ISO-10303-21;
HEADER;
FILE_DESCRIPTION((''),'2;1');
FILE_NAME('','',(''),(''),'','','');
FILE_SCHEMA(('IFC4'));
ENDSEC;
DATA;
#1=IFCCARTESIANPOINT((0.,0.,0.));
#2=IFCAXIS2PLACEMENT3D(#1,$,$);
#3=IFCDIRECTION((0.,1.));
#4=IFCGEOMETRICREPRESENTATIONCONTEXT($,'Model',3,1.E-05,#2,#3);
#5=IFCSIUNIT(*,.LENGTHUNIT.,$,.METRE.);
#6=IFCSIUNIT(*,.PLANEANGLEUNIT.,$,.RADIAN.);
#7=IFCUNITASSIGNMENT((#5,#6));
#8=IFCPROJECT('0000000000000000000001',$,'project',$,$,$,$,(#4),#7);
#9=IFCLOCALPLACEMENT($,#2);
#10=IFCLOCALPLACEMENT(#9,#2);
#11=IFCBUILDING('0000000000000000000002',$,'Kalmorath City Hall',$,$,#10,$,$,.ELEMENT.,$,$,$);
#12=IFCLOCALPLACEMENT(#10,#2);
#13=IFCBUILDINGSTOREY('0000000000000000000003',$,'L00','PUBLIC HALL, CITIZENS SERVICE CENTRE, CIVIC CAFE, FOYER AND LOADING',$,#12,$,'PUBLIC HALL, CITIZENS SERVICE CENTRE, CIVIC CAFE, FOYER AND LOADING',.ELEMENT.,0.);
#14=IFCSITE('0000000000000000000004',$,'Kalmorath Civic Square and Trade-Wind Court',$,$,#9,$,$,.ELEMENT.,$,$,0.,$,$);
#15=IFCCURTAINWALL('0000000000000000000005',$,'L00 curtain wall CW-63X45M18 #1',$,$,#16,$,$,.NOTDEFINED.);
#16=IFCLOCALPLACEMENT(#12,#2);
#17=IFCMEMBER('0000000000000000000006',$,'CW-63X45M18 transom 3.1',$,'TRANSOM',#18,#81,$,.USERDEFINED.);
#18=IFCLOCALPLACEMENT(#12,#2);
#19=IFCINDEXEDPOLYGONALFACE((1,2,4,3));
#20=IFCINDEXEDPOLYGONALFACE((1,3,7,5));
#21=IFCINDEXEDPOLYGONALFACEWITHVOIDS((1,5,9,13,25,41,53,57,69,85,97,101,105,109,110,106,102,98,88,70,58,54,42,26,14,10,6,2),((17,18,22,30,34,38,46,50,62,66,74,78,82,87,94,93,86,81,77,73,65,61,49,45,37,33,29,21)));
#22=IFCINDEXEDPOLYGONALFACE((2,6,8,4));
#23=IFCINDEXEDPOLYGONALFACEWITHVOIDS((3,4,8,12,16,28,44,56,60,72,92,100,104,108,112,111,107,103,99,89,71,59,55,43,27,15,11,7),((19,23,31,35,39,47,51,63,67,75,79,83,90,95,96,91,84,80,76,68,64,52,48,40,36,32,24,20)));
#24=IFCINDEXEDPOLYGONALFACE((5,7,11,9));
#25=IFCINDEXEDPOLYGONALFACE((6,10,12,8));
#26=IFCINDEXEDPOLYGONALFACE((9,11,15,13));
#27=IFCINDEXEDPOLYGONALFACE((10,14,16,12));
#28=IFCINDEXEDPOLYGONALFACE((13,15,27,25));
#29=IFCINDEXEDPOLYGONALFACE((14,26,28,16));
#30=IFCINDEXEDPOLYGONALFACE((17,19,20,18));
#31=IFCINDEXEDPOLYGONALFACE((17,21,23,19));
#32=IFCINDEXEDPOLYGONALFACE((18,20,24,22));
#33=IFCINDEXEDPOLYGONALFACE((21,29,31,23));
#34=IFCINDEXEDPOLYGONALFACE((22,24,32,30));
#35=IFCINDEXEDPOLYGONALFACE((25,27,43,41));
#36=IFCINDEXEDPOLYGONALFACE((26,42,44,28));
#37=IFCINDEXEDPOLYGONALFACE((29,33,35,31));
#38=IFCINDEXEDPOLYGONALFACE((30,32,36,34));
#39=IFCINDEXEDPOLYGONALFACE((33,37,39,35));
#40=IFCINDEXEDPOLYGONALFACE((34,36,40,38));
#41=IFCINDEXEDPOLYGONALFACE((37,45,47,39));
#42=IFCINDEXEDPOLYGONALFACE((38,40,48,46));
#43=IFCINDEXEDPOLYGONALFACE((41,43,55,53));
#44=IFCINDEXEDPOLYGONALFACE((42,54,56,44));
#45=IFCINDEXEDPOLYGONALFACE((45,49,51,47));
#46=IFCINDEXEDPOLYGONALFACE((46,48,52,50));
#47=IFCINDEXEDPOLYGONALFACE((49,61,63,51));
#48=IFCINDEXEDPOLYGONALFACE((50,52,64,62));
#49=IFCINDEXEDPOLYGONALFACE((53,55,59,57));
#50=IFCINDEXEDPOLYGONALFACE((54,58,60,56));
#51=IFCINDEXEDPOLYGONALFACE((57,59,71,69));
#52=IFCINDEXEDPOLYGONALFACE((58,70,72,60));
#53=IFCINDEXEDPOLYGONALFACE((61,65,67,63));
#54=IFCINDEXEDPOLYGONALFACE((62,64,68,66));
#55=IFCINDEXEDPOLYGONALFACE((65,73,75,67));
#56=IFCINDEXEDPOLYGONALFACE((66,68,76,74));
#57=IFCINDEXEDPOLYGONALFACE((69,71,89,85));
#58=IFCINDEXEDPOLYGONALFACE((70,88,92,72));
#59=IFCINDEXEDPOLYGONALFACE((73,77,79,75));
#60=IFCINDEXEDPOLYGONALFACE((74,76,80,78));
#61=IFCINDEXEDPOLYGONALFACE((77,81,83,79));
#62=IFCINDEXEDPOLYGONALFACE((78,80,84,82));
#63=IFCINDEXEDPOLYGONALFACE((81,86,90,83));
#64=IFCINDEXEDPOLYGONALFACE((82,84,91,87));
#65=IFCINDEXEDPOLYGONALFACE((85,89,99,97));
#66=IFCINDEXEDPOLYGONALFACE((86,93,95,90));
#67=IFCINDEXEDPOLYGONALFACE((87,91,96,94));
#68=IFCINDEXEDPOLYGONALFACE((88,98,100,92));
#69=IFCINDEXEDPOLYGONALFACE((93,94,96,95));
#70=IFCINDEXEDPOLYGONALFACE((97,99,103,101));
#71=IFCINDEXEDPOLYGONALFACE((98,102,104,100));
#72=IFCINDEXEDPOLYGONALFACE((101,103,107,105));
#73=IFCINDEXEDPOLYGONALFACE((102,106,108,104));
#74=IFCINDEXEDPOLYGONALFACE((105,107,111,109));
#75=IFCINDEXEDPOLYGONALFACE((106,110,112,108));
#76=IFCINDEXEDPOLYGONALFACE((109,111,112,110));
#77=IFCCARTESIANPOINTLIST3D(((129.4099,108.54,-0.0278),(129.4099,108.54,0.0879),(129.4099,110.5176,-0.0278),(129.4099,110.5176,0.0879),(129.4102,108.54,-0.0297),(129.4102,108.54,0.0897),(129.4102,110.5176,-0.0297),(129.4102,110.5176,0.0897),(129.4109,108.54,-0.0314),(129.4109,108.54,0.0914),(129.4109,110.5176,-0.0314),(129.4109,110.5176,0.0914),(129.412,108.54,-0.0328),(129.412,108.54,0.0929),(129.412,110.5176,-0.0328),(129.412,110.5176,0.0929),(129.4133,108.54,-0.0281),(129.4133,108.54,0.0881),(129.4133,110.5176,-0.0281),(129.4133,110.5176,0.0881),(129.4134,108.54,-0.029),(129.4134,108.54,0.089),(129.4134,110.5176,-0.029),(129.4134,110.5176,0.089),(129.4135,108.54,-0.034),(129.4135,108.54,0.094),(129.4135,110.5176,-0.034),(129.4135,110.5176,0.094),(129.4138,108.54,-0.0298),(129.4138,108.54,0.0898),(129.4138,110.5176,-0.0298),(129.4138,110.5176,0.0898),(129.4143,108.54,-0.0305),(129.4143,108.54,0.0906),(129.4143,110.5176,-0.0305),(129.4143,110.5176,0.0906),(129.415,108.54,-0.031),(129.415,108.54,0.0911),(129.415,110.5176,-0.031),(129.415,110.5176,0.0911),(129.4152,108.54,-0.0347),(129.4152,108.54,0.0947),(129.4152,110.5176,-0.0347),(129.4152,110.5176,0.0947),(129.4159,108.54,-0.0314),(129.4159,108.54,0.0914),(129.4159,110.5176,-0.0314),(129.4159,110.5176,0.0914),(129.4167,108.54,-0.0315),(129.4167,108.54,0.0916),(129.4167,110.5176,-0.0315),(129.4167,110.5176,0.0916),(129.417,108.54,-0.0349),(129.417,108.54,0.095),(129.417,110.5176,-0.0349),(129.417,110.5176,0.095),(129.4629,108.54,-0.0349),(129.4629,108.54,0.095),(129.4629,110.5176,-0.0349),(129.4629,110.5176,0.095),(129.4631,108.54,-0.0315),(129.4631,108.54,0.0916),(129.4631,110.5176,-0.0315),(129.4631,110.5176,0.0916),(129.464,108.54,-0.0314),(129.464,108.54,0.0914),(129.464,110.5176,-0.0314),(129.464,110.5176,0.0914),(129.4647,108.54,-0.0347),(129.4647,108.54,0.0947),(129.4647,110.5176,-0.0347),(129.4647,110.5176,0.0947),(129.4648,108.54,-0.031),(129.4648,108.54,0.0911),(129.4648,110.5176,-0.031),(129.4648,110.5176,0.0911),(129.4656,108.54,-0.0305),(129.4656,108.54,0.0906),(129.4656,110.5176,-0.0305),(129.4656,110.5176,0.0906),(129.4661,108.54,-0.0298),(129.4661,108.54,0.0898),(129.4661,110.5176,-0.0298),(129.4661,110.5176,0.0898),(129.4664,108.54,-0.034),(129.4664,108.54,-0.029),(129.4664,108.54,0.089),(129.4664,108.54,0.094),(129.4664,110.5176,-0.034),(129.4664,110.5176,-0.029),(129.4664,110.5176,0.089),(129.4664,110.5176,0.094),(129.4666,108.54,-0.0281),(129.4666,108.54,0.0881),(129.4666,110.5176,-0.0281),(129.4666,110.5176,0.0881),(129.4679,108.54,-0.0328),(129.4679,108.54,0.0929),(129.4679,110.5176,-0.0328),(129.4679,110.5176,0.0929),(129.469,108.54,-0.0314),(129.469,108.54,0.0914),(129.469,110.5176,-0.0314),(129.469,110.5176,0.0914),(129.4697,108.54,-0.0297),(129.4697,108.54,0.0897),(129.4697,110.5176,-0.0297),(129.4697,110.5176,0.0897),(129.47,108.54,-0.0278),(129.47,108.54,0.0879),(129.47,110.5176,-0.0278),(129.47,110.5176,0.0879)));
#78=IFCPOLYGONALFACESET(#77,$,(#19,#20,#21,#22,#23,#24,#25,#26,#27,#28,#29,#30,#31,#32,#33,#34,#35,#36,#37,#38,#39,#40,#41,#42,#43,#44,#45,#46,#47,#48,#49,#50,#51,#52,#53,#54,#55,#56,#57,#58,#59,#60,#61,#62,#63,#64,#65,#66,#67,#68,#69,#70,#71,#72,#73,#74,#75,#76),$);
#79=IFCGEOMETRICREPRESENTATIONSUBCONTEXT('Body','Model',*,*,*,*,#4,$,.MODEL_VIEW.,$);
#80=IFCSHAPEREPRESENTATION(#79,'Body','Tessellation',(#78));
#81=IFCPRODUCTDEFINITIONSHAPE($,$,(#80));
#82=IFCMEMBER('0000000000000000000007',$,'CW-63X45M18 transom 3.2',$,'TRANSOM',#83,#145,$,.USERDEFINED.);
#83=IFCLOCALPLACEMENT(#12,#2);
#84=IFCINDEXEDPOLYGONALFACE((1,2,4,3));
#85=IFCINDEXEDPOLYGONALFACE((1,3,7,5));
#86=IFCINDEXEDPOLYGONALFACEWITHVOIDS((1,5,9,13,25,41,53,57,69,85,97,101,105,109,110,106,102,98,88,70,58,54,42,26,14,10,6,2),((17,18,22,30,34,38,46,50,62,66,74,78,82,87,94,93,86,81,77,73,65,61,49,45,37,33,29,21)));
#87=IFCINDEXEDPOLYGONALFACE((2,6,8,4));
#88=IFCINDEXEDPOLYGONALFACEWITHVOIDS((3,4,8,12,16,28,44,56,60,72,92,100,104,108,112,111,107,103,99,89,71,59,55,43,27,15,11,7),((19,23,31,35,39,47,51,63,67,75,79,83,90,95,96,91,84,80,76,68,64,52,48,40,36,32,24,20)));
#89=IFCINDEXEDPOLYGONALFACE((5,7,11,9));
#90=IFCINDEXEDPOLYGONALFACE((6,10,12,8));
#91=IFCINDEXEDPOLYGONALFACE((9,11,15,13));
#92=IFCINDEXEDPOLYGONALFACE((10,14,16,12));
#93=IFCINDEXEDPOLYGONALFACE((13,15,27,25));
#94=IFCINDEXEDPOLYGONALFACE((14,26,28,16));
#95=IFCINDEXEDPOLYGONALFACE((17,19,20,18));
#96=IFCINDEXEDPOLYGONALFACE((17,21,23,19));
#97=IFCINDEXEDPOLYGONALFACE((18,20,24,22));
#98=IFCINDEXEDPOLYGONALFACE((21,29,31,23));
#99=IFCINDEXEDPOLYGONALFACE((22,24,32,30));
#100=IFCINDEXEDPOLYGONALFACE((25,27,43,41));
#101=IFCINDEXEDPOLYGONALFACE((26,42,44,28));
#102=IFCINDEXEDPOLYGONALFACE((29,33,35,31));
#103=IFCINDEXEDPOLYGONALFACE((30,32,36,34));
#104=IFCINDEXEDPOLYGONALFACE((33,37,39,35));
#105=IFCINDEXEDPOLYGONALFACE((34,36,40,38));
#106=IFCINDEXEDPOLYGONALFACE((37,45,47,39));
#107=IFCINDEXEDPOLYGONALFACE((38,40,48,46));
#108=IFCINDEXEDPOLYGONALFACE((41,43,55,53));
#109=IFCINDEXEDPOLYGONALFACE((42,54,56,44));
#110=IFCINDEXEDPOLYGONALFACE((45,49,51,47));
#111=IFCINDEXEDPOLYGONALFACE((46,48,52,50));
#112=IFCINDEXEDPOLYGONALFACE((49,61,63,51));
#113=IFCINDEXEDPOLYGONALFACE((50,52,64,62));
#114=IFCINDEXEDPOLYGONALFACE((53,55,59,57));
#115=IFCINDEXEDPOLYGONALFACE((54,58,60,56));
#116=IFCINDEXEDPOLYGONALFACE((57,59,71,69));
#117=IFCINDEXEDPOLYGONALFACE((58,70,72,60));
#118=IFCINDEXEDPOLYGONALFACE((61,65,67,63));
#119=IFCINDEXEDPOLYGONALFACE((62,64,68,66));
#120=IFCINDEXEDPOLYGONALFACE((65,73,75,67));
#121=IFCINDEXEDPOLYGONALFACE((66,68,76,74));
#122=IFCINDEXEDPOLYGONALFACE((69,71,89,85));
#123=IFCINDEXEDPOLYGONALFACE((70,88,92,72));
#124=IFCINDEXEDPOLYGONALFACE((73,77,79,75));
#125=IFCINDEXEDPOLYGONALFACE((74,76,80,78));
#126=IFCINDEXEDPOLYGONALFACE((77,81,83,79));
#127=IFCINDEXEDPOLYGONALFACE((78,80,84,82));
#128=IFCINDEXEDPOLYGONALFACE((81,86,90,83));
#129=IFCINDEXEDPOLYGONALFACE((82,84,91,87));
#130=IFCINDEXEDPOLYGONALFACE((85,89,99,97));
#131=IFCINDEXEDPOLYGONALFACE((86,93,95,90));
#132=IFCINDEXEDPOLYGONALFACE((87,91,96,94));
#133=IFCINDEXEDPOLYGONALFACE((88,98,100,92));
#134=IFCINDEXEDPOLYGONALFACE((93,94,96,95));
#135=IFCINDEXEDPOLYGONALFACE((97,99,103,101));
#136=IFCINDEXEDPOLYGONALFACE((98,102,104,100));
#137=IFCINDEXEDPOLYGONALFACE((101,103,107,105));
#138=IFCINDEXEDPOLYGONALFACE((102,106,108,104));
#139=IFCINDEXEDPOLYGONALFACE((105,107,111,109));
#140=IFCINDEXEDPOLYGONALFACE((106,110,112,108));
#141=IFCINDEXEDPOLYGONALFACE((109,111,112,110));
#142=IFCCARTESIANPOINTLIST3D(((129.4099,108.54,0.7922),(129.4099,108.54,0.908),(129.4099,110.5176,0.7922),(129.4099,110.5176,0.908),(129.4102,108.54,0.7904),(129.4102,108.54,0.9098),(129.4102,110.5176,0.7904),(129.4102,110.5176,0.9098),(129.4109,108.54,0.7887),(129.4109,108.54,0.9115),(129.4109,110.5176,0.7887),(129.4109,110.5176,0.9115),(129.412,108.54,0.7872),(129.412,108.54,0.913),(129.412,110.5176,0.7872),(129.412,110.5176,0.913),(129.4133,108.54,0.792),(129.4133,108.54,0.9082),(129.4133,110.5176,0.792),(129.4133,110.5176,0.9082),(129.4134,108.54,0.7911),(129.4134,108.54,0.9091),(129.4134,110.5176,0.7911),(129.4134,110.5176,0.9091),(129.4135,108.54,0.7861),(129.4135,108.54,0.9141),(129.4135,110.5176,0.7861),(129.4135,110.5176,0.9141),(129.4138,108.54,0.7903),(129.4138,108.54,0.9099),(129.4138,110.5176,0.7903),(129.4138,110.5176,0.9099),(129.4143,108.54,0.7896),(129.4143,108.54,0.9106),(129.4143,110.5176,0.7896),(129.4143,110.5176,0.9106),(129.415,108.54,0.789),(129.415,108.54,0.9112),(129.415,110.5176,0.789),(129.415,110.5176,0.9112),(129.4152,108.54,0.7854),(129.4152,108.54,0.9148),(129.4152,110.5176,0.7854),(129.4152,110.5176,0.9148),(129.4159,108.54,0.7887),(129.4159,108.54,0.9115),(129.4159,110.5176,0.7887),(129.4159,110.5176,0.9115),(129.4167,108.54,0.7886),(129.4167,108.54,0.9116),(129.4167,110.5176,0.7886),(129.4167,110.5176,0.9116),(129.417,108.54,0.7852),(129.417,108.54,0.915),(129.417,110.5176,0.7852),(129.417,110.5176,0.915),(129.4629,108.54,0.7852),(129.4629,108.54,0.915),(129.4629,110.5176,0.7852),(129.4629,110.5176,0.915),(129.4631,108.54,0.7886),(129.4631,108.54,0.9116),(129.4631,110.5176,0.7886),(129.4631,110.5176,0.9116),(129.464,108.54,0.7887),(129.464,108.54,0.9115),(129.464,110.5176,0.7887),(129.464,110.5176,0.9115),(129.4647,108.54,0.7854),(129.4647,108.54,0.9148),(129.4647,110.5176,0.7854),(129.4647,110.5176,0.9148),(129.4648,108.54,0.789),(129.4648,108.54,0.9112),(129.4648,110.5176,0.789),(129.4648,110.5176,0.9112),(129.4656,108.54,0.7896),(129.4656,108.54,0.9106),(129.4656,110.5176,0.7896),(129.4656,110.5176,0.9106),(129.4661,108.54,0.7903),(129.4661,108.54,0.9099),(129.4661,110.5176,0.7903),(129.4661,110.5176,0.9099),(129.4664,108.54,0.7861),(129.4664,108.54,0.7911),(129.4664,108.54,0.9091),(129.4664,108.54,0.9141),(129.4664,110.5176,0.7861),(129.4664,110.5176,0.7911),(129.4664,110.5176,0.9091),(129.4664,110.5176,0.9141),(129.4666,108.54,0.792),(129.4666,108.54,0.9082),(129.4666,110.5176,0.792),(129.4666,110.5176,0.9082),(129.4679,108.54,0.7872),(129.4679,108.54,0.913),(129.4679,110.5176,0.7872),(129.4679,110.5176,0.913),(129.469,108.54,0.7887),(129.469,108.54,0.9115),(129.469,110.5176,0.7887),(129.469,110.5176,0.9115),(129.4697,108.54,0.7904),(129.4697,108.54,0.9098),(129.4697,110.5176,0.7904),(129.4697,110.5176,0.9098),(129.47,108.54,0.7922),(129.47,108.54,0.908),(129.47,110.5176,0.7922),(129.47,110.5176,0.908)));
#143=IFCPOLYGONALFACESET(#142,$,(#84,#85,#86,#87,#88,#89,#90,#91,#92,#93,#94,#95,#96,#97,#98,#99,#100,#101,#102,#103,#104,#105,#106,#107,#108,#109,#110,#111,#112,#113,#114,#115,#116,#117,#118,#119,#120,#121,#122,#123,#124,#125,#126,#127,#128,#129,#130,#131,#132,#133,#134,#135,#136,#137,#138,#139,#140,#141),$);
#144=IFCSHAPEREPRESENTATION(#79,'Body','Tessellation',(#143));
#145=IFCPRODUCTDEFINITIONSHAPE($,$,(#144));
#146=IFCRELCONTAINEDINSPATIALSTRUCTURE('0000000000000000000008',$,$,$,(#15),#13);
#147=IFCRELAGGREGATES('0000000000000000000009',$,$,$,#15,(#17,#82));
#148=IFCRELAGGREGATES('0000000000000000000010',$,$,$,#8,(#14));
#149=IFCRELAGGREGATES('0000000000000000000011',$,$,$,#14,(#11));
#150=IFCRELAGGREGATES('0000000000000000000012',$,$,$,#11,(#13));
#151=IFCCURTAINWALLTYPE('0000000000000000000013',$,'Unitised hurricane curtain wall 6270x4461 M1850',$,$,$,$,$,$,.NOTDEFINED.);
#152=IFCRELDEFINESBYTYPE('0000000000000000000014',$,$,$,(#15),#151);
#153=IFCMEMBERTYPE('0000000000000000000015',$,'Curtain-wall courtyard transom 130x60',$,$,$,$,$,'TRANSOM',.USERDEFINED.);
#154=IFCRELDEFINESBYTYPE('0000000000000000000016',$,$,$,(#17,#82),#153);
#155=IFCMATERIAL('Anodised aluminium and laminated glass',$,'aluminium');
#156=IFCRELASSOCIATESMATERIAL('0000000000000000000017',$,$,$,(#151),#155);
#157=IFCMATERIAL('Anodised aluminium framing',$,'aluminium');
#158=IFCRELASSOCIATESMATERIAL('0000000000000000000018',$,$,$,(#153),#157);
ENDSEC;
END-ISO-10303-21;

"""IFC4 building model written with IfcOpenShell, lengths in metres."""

from ifc_helpers import new_model, si_unit, direction, frame, origin, origin_2d, place, context, subcontext, project, spatial, hollow_rectangle, extrude, material, material_profile, profile_set, type_object, element, aggregate, save


model = new_model("IFC4")

# Units and contexts
model_context = context("Model", 3, precision=1e-05, world=origin(), true_north=direction((0.0, 1.0)))
body_context = subcontext(model_context, "Body", "Model", "MODEL_VIEW")
ifc_project = project(units=[si_unit("LENGTHUNIT", "METRE"), si_unit("PLANEANGLEUNIT", "RADIAN")], contexts=[model_context])

# Site, building, storey
site_placement = place(None, origin())
site = spatial("IfcSite", under=ifc_project, at=site_placement, Name="Kalmorath Civic Square and Trade-Wind Court", CompositionType="ELEMENT", RefElevation=0.0)
building_placement = place(site_placement, origin())
building = spatial("IfcBuilding", under=site, at=building_placement, Name="Kalmorath City Hall", CompositionType="ELEMENT")
storey_placement = place(building_placement, origin())
storey = spatial("IfcBuildingStorey", under=building, at=storey_placement, Name="L00", Description="PUBLIC HALL, CITIZENS SERVICE CENTRE, CIVIC CAFE, FOYER AND LOADING", LongName="PUBLIC HALL, CITIZENS SERVICE CENTRE, CIVIC CAFE, FOYER AND LOADING", CompositionType="ELEMENT", Elevation=0.0)

# Curtain wall, members
ifc_material_1 = material(Name="Anodised aluminium and laminated glass", Category="aluminium")
curtain_wall_type = type_object("IfcCurtainWallType", Name="Unitised hurricane curtain wall 6270x4461 M1850", PredefinedType="NOTDEFINED", material=ifc_material_1)
curtain_wall_placement = place(storey_placement, origin())
curtain_wall = element("IfcCurtainWall", 1, at=curtain_wall_placement, inside=storey, type_object=curtain_wall_type, Name="L00 curtain wall CW-63X45M18 #1", PredefinedType="NOTDEFINED")
ifc_material_2 = material(Name="Anodised aluminium framing", Category="aluminium")
ifc_material_profile_1 = material_profile(ifc_material_2, hollow_rectangle(XDim=0.0601, YDim=0.1299, WallThickness=0.0034, InnerFilletRadius=0.0034, OuterFilletRadius=0.0071, at=origin_2d()), Name="ALU-TRN-130X60X3.5")
ifc_profile_set_1 = profile_set([ifc_material_profile_1], Name="Anodised aluminium framing")
member_type_1 = type_object("IfcMemberType", Name="Curtain-wall courtyard transom 130x60", ElementType="TRANSOM", PredefinedType="USERDEFINED", material=ifc_profile_set_1)
member_1_placement = place(storey_placement, frame((129.4399, 110.5176, 0.03), z_axis=(0.0, -1.0, 0.0), x_axis=(1.0, 0.0, 0.0)))
member_1 = element("IfcMember", 2, at=member_1_placement, type_object=member_type_1, Name="CW-63X45M18 transom 3.1", ObjectType="TRANSOM", PredefinedType="USERDEFINED", context=body_context, shape_type="SweptSolid", body=[
    extrude(hollow_rectangle(XDim=0.0601, YDim=0.1299, WallThickness=0.0034, InnerFilletRadius=0.0034, OuterFilletRadius=0.0071, at=origin_2d()), origin(), (0.0, 0.0, 1.0), 1.9775),
])
member_2_placement = place(storey_placement, frame((129.4399, 110.5176, 0.8501), z_axis=(0.0, -1.0, 0.0), x_axis=(1.0, 0.0, 0.0)))
member_2 = element("IfcMember", 3, at=member_2_placement, type_object=member_type_1, Name="CW-63X45M18 transom 3.2", ObjectType="TRANSOM", PredefinedType="USERDEFINED", context=body_context, shape_type="SweptSolid", body=[
    extrude(hollow_rectangle(XDim=0.0601, YDim=0.1299, WallThickness=0.0034, InnerFilletRadius=0.0034, OuterFilletRadius=0.0071, at=origin_2d()), origin(), (0.0, 0.0, 1.0), 1.9775),
])
aggregate(curtain_wall, [member_1, member_2])

save(model, "model.ifc")
